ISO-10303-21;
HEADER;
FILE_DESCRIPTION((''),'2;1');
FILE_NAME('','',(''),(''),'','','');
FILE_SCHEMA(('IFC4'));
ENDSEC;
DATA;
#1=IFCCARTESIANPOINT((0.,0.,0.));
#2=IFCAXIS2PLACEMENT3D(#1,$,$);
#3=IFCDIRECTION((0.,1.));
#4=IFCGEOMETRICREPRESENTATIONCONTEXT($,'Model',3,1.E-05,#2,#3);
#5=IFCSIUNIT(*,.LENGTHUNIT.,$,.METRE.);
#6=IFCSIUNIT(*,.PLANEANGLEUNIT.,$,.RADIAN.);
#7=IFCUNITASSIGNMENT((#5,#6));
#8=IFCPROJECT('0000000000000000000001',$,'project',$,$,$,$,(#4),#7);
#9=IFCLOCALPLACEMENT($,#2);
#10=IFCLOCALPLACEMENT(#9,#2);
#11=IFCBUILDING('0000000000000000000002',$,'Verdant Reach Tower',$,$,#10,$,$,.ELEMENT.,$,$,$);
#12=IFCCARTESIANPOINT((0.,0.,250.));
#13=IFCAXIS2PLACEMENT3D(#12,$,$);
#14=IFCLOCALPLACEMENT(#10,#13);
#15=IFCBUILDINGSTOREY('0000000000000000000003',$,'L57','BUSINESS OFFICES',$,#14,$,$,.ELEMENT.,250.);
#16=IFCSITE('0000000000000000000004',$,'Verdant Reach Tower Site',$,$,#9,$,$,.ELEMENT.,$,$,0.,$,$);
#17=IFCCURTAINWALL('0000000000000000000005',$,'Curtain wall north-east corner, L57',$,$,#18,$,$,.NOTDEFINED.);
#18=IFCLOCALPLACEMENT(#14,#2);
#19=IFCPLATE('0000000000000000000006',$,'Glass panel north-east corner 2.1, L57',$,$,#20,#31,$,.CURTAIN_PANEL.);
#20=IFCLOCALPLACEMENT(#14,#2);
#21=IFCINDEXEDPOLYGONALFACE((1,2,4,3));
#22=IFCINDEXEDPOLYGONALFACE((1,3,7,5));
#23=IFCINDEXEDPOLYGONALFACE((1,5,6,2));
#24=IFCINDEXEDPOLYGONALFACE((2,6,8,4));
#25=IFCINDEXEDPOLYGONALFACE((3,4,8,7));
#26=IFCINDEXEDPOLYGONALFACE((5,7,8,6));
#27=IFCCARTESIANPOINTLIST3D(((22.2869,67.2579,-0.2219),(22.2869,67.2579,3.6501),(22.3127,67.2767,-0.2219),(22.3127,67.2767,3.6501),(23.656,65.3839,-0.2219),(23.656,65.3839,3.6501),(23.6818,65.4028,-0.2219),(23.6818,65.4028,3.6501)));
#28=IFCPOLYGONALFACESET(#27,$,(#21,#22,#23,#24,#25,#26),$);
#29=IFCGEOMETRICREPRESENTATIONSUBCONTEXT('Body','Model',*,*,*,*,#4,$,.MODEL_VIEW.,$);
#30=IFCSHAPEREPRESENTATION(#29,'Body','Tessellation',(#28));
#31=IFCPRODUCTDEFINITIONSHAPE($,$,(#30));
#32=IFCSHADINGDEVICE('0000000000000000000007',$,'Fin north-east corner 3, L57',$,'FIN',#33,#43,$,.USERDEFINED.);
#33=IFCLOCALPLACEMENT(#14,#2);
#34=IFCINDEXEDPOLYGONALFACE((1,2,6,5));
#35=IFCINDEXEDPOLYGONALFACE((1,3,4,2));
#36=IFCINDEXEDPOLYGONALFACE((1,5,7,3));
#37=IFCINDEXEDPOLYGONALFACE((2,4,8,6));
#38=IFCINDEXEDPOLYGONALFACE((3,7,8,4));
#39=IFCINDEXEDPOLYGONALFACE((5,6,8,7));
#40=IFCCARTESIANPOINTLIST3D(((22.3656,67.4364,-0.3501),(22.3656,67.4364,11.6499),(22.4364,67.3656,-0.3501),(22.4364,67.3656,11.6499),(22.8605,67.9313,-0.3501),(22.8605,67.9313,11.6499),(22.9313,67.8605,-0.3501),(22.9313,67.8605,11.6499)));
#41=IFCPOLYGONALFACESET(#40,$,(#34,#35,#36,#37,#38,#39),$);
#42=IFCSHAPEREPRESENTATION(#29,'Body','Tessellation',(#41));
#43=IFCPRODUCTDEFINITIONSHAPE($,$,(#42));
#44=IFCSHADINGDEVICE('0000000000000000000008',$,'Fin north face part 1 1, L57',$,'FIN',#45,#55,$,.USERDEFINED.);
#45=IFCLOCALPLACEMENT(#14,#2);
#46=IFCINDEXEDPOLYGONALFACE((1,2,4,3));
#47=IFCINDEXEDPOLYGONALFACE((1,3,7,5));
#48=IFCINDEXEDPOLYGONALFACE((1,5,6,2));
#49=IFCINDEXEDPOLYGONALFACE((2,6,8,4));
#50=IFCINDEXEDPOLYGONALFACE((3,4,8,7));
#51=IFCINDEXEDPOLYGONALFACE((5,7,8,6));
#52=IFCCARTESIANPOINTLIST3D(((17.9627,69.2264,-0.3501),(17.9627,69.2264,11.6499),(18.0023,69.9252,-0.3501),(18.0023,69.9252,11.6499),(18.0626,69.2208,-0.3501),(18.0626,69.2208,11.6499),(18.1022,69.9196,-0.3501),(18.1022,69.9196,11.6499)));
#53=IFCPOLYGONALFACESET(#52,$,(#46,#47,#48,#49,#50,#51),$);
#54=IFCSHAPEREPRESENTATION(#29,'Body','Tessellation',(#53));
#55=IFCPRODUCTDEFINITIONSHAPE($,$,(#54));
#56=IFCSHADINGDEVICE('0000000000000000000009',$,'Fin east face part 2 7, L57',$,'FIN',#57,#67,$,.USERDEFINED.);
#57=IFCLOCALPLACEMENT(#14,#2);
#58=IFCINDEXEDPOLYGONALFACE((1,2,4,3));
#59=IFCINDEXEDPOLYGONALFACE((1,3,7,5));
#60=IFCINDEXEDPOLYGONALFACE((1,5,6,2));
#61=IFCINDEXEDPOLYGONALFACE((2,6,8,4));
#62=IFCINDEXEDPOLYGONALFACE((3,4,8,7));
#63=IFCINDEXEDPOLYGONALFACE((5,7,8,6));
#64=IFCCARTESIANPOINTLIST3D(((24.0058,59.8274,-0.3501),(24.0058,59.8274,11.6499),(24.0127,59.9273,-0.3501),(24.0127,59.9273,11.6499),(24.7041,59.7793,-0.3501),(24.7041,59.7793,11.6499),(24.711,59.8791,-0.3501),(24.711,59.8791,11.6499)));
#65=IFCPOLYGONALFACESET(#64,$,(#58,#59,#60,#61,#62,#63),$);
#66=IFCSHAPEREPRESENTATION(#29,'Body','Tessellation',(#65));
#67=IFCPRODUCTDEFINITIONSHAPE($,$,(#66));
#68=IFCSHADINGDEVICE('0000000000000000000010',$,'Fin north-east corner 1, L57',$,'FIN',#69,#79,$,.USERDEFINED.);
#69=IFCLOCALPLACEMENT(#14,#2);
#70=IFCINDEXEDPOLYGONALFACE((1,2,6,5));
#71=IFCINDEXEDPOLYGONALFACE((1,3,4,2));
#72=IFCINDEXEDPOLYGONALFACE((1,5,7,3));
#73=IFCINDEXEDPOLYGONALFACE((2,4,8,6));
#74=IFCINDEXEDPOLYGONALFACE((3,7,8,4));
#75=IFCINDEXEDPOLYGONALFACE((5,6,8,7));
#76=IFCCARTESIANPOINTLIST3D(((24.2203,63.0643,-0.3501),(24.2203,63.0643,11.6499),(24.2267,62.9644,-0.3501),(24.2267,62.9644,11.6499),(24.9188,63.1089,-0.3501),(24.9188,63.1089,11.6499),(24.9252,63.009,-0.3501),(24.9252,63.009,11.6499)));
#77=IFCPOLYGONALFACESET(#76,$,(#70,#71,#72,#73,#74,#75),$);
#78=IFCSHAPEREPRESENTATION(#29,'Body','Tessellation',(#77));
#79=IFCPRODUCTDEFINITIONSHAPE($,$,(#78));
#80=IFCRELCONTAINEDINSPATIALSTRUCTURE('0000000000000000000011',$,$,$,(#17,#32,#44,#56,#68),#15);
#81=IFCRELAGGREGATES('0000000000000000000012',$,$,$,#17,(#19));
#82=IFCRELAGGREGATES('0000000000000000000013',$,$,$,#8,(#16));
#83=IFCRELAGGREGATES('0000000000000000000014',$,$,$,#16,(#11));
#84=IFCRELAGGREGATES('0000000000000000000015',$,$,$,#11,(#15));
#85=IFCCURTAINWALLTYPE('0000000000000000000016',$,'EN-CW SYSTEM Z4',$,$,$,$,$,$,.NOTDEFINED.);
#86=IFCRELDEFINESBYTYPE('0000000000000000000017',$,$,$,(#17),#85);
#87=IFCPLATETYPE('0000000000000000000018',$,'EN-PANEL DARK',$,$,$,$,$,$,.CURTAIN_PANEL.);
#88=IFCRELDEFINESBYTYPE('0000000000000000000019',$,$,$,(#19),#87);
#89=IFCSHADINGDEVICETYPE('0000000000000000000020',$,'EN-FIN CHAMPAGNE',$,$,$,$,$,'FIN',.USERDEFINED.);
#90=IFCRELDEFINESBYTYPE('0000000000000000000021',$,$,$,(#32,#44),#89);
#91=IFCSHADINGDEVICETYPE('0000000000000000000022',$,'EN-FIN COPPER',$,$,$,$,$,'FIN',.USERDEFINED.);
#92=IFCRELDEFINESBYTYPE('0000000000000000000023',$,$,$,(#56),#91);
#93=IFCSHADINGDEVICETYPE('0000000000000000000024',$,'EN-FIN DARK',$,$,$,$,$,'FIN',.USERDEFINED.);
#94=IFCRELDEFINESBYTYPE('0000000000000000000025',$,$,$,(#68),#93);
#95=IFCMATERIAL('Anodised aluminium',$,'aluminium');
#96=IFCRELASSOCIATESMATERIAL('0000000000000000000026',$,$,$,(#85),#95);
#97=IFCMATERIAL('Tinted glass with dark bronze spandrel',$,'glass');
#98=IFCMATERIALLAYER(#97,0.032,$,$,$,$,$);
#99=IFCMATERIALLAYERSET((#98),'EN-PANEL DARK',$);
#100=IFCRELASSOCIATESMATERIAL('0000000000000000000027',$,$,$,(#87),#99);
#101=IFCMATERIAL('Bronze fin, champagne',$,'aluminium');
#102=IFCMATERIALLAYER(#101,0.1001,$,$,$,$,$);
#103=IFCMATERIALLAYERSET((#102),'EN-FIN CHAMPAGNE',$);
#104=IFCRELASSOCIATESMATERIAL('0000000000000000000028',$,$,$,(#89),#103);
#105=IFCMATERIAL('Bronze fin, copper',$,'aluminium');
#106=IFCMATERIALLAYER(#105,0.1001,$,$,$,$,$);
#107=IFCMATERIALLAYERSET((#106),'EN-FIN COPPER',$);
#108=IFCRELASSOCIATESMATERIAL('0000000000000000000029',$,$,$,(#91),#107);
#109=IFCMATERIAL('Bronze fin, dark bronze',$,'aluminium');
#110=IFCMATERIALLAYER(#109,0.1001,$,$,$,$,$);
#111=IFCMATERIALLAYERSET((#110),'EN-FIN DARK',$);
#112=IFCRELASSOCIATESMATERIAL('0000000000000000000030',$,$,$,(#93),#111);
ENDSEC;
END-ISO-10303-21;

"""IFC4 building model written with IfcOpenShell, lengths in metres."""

from ifc_helpers import new_model, si_unit, direction, frame, origin, origin_2d, place, context, subcontext, project, spatial, rectangle, extrude, material, layer, layer_set, type_object, element, aggregate, save


model = new_model("IFC4")

# Units and contexts
model_context = context("Model", 3, precision=1e-05, world=origin(), true_north=direction((0.0, 1.0)))
body_context = subcontext(model_context, "Body", "Model", "MODEL_VIEW")
ifc_project = project(units=[si_unit("LENGTHUNIT", "METRE"), si_unit("PLANEANGLEUNIT", "RADIAN")], contexts=[model_context])

# Site, building, storey
site_placement = place(None, origin())
site = spatial("IfcSite", under=ifc_project, at=site_placement, Name="Verdant Reach Tower Site", CompositionType="ELEMENT", RefElevation=0.0)
building_placement = place(site_placement, origin())
building = spatial("IfcBuilding", under=site, at=building_placement, Name="Verdant Reach Tower", CompositionType="ELEMENT")
storey_placement = place(building_placement, frame((0.0, 0.0, 250.0)))
storey = spatial("IfcBuildingStorey", under=building, at=storey_placement, Name="L57", Description="BUSINESS OFFICES", CompositionType="ELEMENT", Elevation=250.0)

# Curtain wall
ifc_material_1 = material(Name="Anodised aluminium", Category="aluminium")
curtain_wall_type = type_object("IfcCurtainWallType", Name="EN-CW SYSTEM Z4", PredefinedType="NOTDEFINED", material=ifc_material_1)
curtain_wall_1_placement = place(storey_placement, origin())
curtain_wall_1 = element("IfcCurtainWall", 1, at=curtain_wall_1_placement, inside=storey, type_object=curtain_wall_type, Name="Curtain wall north-east corner, L57", PredefinedType="NOTDEFINED")

# Plate
ifc_material_2 = material(Name="Tinted glass with dark bronze spandrel", Category="glass")
ifc_layer_1 = layer(ifc_material_2, 0.032)
ifc_layer_set_1 = layer_set([ifc_layer_1], Name="EN-PANEL DARK")
plate_type_1 = type_object("IfcPlateType", Name="EN-PANEL DARK", PredefinedType="CURTAIN_PANEL", material=ifc_layer_set_1)
plate_1_placement = place(storey_placement, frame((22.9844, 66.3303, -0.2219), z_axis=(0.0, 0.0, 1.0), x_axis=(-0.589927, 0.807457, 0.0)))
plate_1 = element("IfcPlate", 2, at=plate_1_placement, type_object=plate_type_1, Name="Glass panel north-east corner 2.1, L57", PredefinedType="CURTAIN_PANEL", context=body_context, shape_type="SweptSolid", body=[
    extrude(rectangle(XDim=2.3208, YDim=0.032, at=origin_2d()), origin(), (0.0, 0.0, 1.0), 3.8721),
])
aggregate(curtain_wall_1, [plate_1])

# Shading devices
ifc_material_3 = material(Name="Bronze fin, champagne", Category="aluminium")
ifc_layer_2 = layer(ifc_material_3, 0.1001)
ifc_layer_set_2 = layer_set([ifc_layer_2], Name="EN-FIN CHAMPAGNE")
shading_device_type_1 = type_object("IfcShadingDeviceType", Name="EN-FIN CHAMPAGNE", ElementType="FIN", PredefinedType="USERDEFINED", material=ifc_layer_set_2)
for number, where, z_axis, x_axis, name in (
    (3, (22.6484, 67.6484, -0.3501), (0.0, 0.0, 1.0), (-0.707107, 0.707107, 0.0), "Fin north-east corner 3, L57"),
    (4, (18.0325, 69.573, -0.3501), (0.0, 0.0, 1.0), (-0.998399, 0.056569, 0.0), "Fin north face part 1 1, L57"),
):
    element("IfcShadingDevice", number, at=place(storey_placement, frame(where, z_axis=z_axis, x_axis=x_axis)), inside=storey, type_object=shading_device_type_1, Name=name, ObjectType="FIN", PredefinedType="USERDEFINED", context=body_context, shape_type="SweptSolid", body=[
        extrude(rectangle(XDim=0.1001, YDim=0.7, at=origin_2d()), origin(), (0.0, 0.0, 1.0), 12.0),
    ])
ifc_material_4 = material(Name="Bronze fin, copper", Category="aluminium")
ifc_layer_3 = layer(ifc_material_4, 0.1001)
ifc_layer_set_3 = layer_set([ifc_layer_3], Name="EN-FIN COPPER")
shading_device_type_2 = type_object("IfcShadingDeviceType", Name="EN-FIN COPPER", ElementType="FIN", PredefinedType="USERDEFINED", material=ifc_layer_set_3)
shading_device_1_placement = place(storey_placement, frame((24.3584, 59.8533, -0.3501), z_axis=(0.0, 0.0, 1.0), x_axis=(0.068802, 0.99763, 0.0)))
element("IfcShadingDevice", 5, at=shading_device_1_placement, inside=storey, type_object=shading_device_type_2, Name="Fin east face part 2 7, L57", ObjectType="FIN", PredefinedType="USERDEFINED", context=body_context, shape_type="SweptSolid", body=[
    extrude(rectangle(XDim=0.1001, YDim=0.7, at=origin_2d()), origin(), (0.0, 0.0, 1.0), 12.0),
])
ifc_material_5 = material(Name="Bronze fin, dark bronze", Category="aluminium")
ifc_layer_4 = layer(ifc_material_5, 0.1001)
ifc_layer_set_4 = layer_set([ifc_layer_4], Name="EN-FIN DARK")
shading_device_type_3 = type_object("IfcShadingDeviceType", Name="EN-FIN DARK", ElementType="FIN", PredefinedType="USERDEFINED", material=ifc_layer_set_4)
shading_device_2_placement = place(storey_placement, frame((24.5728, 63.0366, -0.3501), z_axis=(0.0, 0.0, 1.0), x_axis=(-0.063699, 0.997969, 0.0)))
element("IfcShadingDevice", 6, at=shading_device_2_placement, inside=storey, type_object=shading_device_type_3, Name="Fin north-east corner 1, L57", ObjectType="FIN", PredefinedType="USERDEFINED", context=body_context, shape_type="SweptSolid", body=[
    extrude(rectangle(XDim=0.1001, YDim=0.7, at=origin_2d()), origin(), (0.0, 0.0, 1.0), 12.0),
])

save(model, "model.ifc")
